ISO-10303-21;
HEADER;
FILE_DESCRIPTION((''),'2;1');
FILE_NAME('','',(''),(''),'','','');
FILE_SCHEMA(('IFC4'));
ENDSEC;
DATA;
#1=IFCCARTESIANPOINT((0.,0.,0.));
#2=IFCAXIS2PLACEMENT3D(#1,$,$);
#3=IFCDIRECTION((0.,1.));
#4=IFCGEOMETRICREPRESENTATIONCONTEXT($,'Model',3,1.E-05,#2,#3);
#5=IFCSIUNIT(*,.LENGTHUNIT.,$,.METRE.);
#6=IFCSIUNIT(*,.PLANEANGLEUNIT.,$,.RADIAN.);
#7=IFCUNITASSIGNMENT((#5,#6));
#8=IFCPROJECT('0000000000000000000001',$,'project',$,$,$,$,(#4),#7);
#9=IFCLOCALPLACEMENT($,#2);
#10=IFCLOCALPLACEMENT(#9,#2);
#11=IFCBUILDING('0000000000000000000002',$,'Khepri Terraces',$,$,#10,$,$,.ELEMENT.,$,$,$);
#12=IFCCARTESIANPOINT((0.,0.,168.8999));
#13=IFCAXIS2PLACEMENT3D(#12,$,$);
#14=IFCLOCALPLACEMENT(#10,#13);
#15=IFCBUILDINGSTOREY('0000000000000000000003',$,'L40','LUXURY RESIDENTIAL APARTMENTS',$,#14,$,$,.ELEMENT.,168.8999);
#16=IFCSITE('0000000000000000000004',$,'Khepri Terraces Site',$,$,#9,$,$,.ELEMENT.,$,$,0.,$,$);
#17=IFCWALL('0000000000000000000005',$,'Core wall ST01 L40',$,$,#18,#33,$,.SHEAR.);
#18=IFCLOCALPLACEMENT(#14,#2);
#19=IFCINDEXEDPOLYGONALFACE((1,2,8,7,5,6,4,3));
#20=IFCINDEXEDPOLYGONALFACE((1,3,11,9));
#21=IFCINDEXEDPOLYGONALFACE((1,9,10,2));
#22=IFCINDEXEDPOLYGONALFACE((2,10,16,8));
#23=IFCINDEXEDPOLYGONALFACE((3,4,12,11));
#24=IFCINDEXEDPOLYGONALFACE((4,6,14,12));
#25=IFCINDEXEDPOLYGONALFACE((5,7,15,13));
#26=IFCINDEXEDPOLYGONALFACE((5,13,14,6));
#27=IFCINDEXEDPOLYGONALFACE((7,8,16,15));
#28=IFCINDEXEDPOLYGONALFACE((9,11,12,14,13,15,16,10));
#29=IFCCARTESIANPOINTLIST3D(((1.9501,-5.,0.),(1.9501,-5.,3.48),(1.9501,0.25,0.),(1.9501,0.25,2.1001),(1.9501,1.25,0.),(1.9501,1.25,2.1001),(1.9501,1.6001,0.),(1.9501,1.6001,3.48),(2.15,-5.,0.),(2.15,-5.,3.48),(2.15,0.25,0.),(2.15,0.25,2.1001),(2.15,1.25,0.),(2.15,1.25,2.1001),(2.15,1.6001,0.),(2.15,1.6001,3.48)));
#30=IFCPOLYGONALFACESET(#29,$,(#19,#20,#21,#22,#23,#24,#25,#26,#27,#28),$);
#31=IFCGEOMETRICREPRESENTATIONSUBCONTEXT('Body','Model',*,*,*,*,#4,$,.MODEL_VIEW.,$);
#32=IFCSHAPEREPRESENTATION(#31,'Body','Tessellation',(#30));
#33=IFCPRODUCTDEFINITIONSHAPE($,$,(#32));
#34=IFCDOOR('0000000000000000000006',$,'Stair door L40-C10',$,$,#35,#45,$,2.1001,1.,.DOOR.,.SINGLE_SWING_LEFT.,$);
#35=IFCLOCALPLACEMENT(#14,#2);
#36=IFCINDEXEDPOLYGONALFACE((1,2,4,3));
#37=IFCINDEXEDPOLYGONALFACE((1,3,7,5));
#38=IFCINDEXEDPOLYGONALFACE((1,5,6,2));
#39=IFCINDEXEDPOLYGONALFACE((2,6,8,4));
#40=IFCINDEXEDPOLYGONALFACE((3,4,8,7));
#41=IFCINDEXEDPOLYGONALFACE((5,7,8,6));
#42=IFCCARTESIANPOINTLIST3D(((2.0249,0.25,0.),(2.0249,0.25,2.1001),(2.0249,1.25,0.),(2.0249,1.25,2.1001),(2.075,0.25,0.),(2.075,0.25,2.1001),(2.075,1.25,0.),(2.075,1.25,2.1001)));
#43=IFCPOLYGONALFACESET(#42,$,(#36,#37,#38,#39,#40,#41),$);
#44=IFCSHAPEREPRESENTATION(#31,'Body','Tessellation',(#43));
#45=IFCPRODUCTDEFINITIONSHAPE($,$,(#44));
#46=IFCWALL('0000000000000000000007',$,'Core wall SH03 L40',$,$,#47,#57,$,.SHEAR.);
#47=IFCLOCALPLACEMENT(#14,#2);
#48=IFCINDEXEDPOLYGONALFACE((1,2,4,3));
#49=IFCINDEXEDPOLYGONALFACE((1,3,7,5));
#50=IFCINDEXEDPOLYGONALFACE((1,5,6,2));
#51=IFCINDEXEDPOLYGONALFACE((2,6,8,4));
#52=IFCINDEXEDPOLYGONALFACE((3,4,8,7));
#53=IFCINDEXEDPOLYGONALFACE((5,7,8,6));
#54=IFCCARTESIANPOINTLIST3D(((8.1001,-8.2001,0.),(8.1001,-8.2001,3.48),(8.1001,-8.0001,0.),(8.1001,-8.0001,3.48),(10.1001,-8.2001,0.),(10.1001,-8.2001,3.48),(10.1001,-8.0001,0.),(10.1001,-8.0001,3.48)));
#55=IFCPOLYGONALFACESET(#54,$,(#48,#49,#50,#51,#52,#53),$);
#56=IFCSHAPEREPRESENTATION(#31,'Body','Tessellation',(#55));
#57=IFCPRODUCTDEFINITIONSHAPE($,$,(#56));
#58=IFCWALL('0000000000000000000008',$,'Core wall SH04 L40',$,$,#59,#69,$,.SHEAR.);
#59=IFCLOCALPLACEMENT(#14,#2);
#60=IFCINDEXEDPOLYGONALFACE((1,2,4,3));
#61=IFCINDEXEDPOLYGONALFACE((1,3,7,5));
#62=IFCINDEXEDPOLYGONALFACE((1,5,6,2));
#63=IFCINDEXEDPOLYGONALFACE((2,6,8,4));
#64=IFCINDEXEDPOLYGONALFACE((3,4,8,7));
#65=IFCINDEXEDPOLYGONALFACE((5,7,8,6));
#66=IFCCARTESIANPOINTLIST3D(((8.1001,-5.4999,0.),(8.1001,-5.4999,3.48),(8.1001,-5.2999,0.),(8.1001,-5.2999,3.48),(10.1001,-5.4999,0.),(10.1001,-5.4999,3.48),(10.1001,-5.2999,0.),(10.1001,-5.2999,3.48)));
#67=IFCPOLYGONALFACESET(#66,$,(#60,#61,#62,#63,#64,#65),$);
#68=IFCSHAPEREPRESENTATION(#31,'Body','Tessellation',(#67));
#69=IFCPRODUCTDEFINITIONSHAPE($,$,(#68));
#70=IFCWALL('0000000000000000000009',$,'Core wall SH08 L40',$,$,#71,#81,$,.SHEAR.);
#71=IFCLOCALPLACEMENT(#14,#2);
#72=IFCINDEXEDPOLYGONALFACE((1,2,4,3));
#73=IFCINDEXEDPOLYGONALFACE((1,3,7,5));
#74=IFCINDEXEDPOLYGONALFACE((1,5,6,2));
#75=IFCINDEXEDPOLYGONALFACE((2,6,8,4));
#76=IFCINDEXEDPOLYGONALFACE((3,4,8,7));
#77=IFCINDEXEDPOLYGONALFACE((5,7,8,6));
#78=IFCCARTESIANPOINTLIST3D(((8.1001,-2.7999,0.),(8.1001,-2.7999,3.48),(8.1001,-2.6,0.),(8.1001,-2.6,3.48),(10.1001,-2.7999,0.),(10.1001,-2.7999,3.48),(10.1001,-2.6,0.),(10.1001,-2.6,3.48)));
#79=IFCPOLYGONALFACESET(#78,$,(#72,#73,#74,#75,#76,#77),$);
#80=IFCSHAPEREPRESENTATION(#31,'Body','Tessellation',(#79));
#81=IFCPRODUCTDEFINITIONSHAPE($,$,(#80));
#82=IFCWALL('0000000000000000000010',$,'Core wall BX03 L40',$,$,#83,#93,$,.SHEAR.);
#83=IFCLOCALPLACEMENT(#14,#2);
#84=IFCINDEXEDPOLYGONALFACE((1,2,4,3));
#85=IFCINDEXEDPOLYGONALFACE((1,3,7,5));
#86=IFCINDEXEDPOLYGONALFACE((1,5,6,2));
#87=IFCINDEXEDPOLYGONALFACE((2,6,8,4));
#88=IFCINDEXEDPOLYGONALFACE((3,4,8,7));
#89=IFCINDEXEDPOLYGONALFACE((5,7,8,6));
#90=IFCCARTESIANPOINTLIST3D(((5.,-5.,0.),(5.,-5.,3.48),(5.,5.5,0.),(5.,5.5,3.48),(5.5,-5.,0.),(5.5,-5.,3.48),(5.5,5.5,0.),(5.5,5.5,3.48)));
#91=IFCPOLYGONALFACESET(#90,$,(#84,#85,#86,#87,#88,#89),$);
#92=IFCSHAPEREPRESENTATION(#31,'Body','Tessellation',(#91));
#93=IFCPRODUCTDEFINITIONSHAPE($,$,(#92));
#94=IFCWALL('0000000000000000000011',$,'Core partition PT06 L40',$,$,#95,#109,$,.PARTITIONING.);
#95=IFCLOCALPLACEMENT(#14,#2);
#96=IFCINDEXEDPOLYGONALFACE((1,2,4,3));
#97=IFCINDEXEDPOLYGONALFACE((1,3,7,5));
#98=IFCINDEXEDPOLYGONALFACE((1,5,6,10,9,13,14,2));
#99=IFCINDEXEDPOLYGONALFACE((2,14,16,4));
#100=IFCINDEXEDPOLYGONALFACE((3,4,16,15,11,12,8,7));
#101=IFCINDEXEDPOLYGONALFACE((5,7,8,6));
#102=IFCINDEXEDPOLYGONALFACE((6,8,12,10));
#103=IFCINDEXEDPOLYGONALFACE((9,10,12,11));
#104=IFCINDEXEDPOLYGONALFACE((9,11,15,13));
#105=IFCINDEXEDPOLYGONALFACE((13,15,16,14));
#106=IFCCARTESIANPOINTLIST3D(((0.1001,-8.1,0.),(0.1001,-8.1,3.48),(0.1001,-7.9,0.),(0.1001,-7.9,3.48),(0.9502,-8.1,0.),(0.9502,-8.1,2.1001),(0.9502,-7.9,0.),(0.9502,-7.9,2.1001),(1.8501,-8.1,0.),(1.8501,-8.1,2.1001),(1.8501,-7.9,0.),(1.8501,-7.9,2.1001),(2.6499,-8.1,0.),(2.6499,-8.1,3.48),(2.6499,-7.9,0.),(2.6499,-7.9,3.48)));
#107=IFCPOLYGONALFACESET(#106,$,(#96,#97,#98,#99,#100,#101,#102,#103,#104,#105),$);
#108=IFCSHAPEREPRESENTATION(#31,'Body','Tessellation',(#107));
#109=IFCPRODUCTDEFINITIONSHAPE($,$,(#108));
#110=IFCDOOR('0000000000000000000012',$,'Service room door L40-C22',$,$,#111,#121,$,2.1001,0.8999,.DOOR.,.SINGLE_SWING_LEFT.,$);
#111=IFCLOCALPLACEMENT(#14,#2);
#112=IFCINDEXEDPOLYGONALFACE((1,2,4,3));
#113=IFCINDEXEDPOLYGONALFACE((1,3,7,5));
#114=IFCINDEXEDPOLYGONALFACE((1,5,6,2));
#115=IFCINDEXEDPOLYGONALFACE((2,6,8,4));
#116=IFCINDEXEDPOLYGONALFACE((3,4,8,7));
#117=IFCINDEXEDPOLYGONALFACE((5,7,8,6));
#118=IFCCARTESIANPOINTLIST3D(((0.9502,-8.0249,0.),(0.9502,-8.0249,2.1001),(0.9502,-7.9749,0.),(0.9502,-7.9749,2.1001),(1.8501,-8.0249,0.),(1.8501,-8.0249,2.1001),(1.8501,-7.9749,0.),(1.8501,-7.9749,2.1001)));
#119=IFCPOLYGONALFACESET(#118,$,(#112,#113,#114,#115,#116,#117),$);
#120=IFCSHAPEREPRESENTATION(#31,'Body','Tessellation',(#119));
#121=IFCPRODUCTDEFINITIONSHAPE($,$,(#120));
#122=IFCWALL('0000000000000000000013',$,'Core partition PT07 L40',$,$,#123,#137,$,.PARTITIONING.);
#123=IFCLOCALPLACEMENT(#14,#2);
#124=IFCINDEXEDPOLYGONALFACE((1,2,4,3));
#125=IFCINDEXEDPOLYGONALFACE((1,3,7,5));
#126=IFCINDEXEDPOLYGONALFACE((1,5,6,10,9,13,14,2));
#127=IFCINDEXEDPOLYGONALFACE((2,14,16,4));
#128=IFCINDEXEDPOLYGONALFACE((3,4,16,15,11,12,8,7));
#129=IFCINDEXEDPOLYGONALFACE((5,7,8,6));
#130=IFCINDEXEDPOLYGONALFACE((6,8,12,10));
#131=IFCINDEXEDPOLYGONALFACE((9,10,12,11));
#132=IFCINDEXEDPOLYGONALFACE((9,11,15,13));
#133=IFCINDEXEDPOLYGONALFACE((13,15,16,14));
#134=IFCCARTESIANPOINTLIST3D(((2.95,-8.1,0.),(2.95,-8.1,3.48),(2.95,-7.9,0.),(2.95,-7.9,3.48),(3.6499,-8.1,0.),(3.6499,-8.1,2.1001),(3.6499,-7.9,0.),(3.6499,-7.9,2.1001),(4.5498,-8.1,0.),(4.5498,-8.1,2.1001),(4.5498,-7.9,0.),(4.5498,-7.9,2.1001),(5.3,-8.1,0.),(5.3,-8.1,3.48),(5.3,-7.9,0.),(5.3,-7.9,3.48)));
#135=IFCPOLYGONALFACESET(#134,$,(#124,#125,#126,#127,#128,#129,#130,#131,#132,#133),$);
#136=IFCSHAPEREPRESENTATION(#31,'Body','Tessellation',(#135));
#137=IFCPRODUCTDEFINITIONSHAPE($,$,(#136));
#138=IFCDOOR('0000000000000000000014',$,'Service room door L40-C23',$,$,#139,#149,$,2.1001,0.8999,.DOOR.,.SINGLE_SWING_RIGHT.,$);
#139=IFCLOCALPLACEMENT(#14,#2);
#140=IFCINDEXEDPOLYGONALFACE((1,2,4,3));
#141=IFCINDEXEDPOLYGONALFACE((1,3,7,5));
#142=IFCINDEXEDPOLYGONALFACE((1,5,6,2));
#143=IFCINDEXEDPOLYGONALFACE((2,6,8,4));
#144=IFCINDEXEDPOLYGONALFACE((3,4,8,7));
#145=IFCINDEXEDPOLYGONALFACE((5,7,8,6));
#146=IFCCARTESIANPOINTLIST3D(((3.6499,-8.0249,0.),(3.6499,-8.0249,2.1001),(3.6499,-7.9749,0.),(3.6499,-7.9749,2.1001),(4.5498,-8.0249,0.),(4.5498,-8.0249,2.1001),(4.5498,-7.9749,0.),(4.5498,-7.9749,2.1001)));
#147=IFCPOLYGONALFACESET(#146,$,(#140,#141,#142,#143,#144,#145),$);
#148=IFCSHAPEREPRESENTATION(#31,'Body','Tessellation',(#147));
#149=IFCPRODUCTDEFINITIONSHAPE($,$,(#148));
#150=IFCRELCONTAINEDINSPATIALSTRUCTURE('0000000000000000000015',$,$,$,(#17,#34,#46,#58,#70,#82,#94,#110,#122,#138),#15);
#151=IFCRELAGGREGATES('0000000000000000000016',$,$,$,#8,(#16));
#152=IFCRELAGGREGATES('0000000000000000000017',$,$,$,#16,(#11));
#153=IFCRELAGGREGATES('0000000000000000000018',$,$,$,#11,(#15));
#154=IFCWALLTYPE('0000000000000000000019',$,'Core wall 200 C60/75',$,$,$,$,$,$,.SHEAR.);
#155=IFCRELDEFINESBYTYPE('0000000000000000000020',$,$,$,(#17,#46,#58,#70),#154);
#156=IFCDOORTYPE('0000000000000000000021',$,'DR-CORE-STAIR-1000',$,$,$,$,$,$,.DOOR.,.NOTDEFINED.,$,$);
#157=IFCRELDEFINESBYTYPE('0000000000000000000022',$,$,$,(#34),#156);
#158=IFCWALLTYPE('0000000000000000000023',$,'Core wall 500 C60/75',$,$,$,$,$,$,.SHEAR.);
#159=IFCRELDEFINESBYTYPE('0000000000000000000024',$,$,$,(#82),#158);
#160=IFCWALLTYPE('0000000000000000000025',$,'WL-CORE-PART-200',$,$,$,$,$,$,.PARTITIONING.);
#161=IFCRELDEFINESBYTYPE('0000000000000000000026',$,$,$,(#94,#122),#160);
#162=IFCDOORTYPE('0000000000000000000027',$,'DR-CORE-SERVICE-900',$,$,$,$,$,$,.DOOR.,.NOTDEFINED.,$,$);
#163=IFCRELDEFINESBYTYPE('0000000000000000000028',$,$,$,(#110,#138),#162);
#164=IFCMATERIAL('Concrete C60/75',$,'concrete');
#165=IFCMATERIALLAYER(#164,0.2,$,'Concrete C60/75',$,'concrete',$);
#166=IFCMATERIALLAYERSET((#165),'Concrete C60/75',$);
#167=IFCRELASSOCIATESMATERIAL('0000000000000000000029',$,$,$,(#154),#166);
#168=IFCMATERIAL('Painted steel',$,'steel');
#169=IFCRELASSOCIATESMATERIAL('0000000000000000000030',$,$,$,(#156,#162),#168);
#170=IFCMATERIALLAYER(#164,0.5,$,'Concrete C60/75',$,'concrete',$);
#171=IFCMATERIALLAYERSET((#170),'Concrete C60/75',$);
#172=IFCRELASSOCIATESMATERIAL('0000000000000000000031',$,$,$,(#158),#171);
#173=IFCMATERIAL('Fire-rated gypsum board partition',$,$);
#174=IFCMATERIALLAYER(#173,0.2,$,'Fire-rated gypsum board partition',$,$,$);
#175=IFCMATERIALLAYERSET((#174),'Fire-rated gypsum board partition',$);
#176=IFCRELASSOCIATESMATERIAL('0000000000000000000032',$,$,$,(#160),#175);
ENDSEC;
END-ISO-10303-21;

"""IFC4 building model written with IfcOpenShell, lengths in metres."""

from ifc_helpers import new_model, si_unit, direction, frame, frame_2d, origin, place, context, subcontext, project, spatial, rectangle, extrude, material, layer, layer_set, type_object, element, fill, save


model = new_model("IFC4")

# Units and contexts
model_context = context("Model", 3, precision=1e-05, world=origin(), true_north=direction((0.0, 1.0)))
body_context = subcontext(model_context, "Body", "Model", "MODEL_VIEW")
ifc_project = project(units=[si_unit("LENGTHUNIT", "METRE"), si_unit("PLANEANGLEUNIT", "RADIAN")], contexts=[model_context])

# Site, building, storey
site_placement = place(None, origin())
site = spatial("IfcSite", under=ifc_project, at=site_placement, Name="Khepri Terraces Site", CompositionType="ELEMENT", RefElevation=0.0)
building_placement = place(site_placement, origin())
building = spatial("IfcBuilding", under=site, at=building_placement, Name="Khepri Terraces", CompositionType="ELEMENT")
storey_placement = place(building_placement, frame((0.0, 0.0, 168.8999)))
storey = spatial("IfcBuildingStorey", under=building, at=storey_placement, Name="L40", Description="LUXURY RESIDENTIAL APARTMENTS", CompositionType="ELEMENT", Elevation=168.8999)

# Wall, opening, door
ifc_material_1 = material(Name="Concrete C60/75", Category="concrete")
ifc_layer_1 = layer(ifc_material_1, 0.2, Name="Concrete C60/75", Category="concrete")
ifc_layer_set_1 = layer_set([ifc_layer_1], Name="Concrete C60/75")
wall_type_1 = type_object("IfcWallType", Name="Core wall 200 C60/75", PredefinedType="SHEAR", material=ifc_layer_set_1)
wall_1_placement = place(storey_placement, frame((2.05, -5.0, 0.0), z_axis=(0.0, 0.0, 1.0), x_axis=(0.0, 1.0, 0.0)))
wall_1 = element("IfcWall", 1, at=wall_1_placement, inside=storey, type_object=wall_type_1, Name="Core wall ST01 L40", PredefinedType="SHEAR", context=body_context, shape_type="SweptSolid", body=[
    extrude(rectangle(XDim=6.6001, YDim=0.2, at=frame_2d((3.3, 0.0))), origin(), (0.0, 0.0, 1.0), 3.48),
])
opening_1_placement = place(wall_1_placement, frame((5.25, 0.0, 0.0)))
opening_1 = element("IfcOpeningElement", 2, at=opening_1_placement, cuts=wall_1, PredefinedType="OPENING", context=body_context, shape_type="SweptSolid", body=[
    extrude(rectangle(XDim=1.0, YDim=2.1001, at=frame_2d((0.5, 1.05))), frame((0.0, 0.1099, 0.0), z_axis=(0.0, -1.0, 0.0), x_axis=(1.0, 0.0, 0.0)), (0.0, 0.0, 1.0), 0.22),
])
ifc_material_2 = material(Name="Painted steel", Category="steel")
door_type_1 = type_object("IfcDoorType", Name="DR-CORE-STAIR-1000", OperationType="NOTDEFINED", PredefinedType="DOOR", material=ifc_material_2)
door_1_placement = place(opening_1_placement, frame((1.0, 0.0, 0.0), z_axis=(0.0, 0.0, 1.0), x_axis=(-1.0, 0.0, 0.0)))
door_1 = element("IfcDoor", 3, at=door_1_placement, inside=storey, type_object=door_type_1, Name="Stair door L40-C10", OperationType="SINGLE_SWING_LEFT", OverallHeight=2.1001, OverallWidth=1.0, PredefinedType="DOOR", context=body_context, shape_type="SweptSolid", body=[
    extrude(rectangle(XDim=1.0, YDim=2.1001, at=frame_2d((0.5, 1.05))), frame((0.0, 0.0249, 0.0), z_axis=(0.0, -1.0, 0.0), x_axis=(1.0, 0.0, 0.0)), (0.0, 0.0, 1.0), 0.05),
])
fill(opening_1, door_1)

# Walls
for number, where, z_axis, x_axis, name in (
    (4, (8.1001, -8.1001, 0.0), (0.0, 0.0, 1.0), (1.0, 0.0, 0.0), "Core wall SH03 L40"),
    (5, (8.1001, -5.3999, 0.0), (0.0, 0.0, 1.0), (1.0, 0.0, 0.0), "Core wall SH04 L40"),
    (6, (8.1001, -2.7, 0.0), (0.0, 0.0, 1.0), (1.0, 0.0, 0.0), "Core wall SH08 L40"),
):
    element("IfcWall", number, at=place(storey_placement, frame(where, z_axis=z_axis, x_axis=x_axis)), inside=storey, type_object=wall_type_1, Name=name, PredefinedType="SHEAR", context=body_context, shape_type="SweptSolid", body=[
        extrude(rectangle(XDim=2.0, YDim=0.2, at=frame_2d((1.0, 0.0))), origin(), (0.0, 0.0, 1.0), 3.48),
    ])
ifc_layer_2 = layer(ifc_material_1, 0.5, Name="Concrete C60/75", Category="concrete")
ifc_layer_set_2 = layer_set([ifc_layer_2], Name="Concrete C60/75")
wall_type_2 = type_object("IfcWallType", Name="Core wall 500 C60/75", PredefinedType="SHEAR", material=ifc_layer_set_2)
wall_2_placement = place(storey_placement, frame((5.25, -5.0, 0.0), z_axis=(0.0, 0.0, 1.0), x_axis=(0.0, 1.0, 0.0)))
element("IfcWall", 7, at=wall_2_placement, inside=storey, type_object=wall_type_2, Name="Core wall BX03 L40", PredefinedType="SHEAR", context=body_context, shape_type="SweptSolid", body=[
    extrude(rectangle(XDim=10.5, YDim=0.5, at=frame_2d((5.25, 0.0))), origin(), (0.0, 0.0, 1.0), 3.48),
])

# Walls, openings, doors
ifc_material_3 = material(Name="Fire-rated gypsum board partition")
ifc_layer_3 = layer(ifc_material_3, 0.2, Name="Fire-rated gypsum board partition")
ifc_layer_set_3 = layer_set([ifc_layer_3], Name="Fire-rated gypsum board partition")
wall_type_3 = type_object("IfcWallType", Name="WL-CORE-PART-200", PredefinedType="PARTITIONING", material=ifc_layer_set_3)
wall_3_placement = place(storey_placement, frame((0.1001, -8.0, 0.0), z_axis=(0.0, 0.0, 1.0), x_axis=(1.0, 0.0, 0.0)))
wall_3 = element("IfcWall", 8, at=wall_3_placement, inside=storey, type_object=wall_type_3, Name="Core partition PT06 L40", PredefinedType="PARTITIONING", context=body_context, shape_type="SweptSolid", body=[
    extrude(rectangle(XDim=2.5498, YDim=0.2, at=frame_2d((1.2749, 0.0))), origin(), (0.0, 0.0, 1.0), 3.48),
])
opening_2_placement = place(wall_3_placement, frame((0.8501, 0.0, 0.0)))
opening_2 = element("IfcOpeningElement", 9, at=opening_2_placement, cuts=wall_3, PredefinedType="OPENING", context=body_context, shape_type="SweptSolid", body=[
    extrude(rectangle(XDim=0.8999, YDim=2.1001, at=frame_2d((0.45, 1.05))), frame((0.0, 0.1099, 0.0), z_axis=(0.0, -1.0, 0.0), x_axis=(1.0, 0.0, 0.0)), (0.0, 0.0, 1.0), 0.22),
])
door_type_2 = type_object("IfcDoorType", Name="DR-CORE-SERVICE-900", OperationType="NOTDEFINED", PredefinedType="DOOR", material=ifc_material_2)
door_2_placement = place(opening_2_placement, frame((0.8999, 0.0, 0.0), z_axis=(0.0, 0.0, 1.0), x_axis=(-1.0, 0.0, 0.0)))
door_2 = element("IfcDoor", 10, at=door_2_placement, inside=storey, type_object=door_type_2, Name="Service room door L40-C22", OperationType="SINGLE_SWING_LEFT", OverallHeight=2.1001, OverallWidth=0.8999, PredefinedType="DOOR", context=body_context, shape_type="SweptSolid", body=[
    extrude(rectangle(XDim=0.8999, YDim=2.1001, at=frame_2d((0.45, 1.05))), frame((0.0, 0.0249, 0.0), z_axis=(0.0, -1.0, 0.0), x_axis=(1.0, 0.0, 0.0)), (0.0, 0.0, 1.0), 0.05),
])
fill(opening_2, door_2)
wall_4_placement = place(storey_placement, frame((2.95, -8.0, 0.0), z_axis=(0.0, 0.0, 1.0), x_axis=(1.0, 0.0, 0.0)))
wall_4 = element("IfcWall", 11, at=wall_4_placement, inside=storey, type_object=wall_type_3, Name="Core partition PT07 L40", PredefinedType="PARTITIONING", context=body_context, shape_type="SweptSolid", body=[
    extrude(rectangle(XDim=2.3501, YDim=0.2, at=frame_2d((1.175, 0.0))), origin(), (0.0, 0.0, 1.0), 3.48),
])
opening_3_placement = place(wall_4_placement, frame((0.7, 0.0, 0.0)))
opening_3 = element("IfcOpeningElement", 12, at=opening_3_placement, cuts=wall_4, PredefinedType="OPENING", context=body_context, shape_type="SweptSolid", body=[
    extrude(rectangle(XDim=0.8999, YDim=2.1001, at=frame_2d((0.45, 1.05))), frame((0.0, 0.1099, 0.0), z_axis=(0.0, -1.0, 0.0), x_axis=(1.0, 0.0, 0.0)), (0.0, 0.0, 1.0), 0.22),
])
door_3_placement = place(opening_3_placement, frame((0.8999, 0.0, 0.0), z_axis=(0.0, 0.0, 1.0), x_axis=(-1.0, 0.0, 0.0)))
door_3 = element("IfcDoor", 13, at=door_3_placement, inside=storey, type_object=door_type_2, Name="Service room door L40-C23", OperationType="SINGLE_SWING_RIGHT", OverallHeight=2.1001, OverallWidth=0.8999, PredefinedType="DOOR", context=body_context, shape_type="SweptSolid", body=[
    extrude(rectangle(XDim=0.8999, YDim=2.1001, at=frame_2d((0.45, 1.05))), frame((0.0, 0.0249, 0.0), z_axis=(0.0, -1.0, 0.0), x_axis=(1.0, 0.0, 0.0)), (0.0, 0.0, 1.0), 0.05),
])
fill(opening_3, door_3)

save(model, "model.ifc")
